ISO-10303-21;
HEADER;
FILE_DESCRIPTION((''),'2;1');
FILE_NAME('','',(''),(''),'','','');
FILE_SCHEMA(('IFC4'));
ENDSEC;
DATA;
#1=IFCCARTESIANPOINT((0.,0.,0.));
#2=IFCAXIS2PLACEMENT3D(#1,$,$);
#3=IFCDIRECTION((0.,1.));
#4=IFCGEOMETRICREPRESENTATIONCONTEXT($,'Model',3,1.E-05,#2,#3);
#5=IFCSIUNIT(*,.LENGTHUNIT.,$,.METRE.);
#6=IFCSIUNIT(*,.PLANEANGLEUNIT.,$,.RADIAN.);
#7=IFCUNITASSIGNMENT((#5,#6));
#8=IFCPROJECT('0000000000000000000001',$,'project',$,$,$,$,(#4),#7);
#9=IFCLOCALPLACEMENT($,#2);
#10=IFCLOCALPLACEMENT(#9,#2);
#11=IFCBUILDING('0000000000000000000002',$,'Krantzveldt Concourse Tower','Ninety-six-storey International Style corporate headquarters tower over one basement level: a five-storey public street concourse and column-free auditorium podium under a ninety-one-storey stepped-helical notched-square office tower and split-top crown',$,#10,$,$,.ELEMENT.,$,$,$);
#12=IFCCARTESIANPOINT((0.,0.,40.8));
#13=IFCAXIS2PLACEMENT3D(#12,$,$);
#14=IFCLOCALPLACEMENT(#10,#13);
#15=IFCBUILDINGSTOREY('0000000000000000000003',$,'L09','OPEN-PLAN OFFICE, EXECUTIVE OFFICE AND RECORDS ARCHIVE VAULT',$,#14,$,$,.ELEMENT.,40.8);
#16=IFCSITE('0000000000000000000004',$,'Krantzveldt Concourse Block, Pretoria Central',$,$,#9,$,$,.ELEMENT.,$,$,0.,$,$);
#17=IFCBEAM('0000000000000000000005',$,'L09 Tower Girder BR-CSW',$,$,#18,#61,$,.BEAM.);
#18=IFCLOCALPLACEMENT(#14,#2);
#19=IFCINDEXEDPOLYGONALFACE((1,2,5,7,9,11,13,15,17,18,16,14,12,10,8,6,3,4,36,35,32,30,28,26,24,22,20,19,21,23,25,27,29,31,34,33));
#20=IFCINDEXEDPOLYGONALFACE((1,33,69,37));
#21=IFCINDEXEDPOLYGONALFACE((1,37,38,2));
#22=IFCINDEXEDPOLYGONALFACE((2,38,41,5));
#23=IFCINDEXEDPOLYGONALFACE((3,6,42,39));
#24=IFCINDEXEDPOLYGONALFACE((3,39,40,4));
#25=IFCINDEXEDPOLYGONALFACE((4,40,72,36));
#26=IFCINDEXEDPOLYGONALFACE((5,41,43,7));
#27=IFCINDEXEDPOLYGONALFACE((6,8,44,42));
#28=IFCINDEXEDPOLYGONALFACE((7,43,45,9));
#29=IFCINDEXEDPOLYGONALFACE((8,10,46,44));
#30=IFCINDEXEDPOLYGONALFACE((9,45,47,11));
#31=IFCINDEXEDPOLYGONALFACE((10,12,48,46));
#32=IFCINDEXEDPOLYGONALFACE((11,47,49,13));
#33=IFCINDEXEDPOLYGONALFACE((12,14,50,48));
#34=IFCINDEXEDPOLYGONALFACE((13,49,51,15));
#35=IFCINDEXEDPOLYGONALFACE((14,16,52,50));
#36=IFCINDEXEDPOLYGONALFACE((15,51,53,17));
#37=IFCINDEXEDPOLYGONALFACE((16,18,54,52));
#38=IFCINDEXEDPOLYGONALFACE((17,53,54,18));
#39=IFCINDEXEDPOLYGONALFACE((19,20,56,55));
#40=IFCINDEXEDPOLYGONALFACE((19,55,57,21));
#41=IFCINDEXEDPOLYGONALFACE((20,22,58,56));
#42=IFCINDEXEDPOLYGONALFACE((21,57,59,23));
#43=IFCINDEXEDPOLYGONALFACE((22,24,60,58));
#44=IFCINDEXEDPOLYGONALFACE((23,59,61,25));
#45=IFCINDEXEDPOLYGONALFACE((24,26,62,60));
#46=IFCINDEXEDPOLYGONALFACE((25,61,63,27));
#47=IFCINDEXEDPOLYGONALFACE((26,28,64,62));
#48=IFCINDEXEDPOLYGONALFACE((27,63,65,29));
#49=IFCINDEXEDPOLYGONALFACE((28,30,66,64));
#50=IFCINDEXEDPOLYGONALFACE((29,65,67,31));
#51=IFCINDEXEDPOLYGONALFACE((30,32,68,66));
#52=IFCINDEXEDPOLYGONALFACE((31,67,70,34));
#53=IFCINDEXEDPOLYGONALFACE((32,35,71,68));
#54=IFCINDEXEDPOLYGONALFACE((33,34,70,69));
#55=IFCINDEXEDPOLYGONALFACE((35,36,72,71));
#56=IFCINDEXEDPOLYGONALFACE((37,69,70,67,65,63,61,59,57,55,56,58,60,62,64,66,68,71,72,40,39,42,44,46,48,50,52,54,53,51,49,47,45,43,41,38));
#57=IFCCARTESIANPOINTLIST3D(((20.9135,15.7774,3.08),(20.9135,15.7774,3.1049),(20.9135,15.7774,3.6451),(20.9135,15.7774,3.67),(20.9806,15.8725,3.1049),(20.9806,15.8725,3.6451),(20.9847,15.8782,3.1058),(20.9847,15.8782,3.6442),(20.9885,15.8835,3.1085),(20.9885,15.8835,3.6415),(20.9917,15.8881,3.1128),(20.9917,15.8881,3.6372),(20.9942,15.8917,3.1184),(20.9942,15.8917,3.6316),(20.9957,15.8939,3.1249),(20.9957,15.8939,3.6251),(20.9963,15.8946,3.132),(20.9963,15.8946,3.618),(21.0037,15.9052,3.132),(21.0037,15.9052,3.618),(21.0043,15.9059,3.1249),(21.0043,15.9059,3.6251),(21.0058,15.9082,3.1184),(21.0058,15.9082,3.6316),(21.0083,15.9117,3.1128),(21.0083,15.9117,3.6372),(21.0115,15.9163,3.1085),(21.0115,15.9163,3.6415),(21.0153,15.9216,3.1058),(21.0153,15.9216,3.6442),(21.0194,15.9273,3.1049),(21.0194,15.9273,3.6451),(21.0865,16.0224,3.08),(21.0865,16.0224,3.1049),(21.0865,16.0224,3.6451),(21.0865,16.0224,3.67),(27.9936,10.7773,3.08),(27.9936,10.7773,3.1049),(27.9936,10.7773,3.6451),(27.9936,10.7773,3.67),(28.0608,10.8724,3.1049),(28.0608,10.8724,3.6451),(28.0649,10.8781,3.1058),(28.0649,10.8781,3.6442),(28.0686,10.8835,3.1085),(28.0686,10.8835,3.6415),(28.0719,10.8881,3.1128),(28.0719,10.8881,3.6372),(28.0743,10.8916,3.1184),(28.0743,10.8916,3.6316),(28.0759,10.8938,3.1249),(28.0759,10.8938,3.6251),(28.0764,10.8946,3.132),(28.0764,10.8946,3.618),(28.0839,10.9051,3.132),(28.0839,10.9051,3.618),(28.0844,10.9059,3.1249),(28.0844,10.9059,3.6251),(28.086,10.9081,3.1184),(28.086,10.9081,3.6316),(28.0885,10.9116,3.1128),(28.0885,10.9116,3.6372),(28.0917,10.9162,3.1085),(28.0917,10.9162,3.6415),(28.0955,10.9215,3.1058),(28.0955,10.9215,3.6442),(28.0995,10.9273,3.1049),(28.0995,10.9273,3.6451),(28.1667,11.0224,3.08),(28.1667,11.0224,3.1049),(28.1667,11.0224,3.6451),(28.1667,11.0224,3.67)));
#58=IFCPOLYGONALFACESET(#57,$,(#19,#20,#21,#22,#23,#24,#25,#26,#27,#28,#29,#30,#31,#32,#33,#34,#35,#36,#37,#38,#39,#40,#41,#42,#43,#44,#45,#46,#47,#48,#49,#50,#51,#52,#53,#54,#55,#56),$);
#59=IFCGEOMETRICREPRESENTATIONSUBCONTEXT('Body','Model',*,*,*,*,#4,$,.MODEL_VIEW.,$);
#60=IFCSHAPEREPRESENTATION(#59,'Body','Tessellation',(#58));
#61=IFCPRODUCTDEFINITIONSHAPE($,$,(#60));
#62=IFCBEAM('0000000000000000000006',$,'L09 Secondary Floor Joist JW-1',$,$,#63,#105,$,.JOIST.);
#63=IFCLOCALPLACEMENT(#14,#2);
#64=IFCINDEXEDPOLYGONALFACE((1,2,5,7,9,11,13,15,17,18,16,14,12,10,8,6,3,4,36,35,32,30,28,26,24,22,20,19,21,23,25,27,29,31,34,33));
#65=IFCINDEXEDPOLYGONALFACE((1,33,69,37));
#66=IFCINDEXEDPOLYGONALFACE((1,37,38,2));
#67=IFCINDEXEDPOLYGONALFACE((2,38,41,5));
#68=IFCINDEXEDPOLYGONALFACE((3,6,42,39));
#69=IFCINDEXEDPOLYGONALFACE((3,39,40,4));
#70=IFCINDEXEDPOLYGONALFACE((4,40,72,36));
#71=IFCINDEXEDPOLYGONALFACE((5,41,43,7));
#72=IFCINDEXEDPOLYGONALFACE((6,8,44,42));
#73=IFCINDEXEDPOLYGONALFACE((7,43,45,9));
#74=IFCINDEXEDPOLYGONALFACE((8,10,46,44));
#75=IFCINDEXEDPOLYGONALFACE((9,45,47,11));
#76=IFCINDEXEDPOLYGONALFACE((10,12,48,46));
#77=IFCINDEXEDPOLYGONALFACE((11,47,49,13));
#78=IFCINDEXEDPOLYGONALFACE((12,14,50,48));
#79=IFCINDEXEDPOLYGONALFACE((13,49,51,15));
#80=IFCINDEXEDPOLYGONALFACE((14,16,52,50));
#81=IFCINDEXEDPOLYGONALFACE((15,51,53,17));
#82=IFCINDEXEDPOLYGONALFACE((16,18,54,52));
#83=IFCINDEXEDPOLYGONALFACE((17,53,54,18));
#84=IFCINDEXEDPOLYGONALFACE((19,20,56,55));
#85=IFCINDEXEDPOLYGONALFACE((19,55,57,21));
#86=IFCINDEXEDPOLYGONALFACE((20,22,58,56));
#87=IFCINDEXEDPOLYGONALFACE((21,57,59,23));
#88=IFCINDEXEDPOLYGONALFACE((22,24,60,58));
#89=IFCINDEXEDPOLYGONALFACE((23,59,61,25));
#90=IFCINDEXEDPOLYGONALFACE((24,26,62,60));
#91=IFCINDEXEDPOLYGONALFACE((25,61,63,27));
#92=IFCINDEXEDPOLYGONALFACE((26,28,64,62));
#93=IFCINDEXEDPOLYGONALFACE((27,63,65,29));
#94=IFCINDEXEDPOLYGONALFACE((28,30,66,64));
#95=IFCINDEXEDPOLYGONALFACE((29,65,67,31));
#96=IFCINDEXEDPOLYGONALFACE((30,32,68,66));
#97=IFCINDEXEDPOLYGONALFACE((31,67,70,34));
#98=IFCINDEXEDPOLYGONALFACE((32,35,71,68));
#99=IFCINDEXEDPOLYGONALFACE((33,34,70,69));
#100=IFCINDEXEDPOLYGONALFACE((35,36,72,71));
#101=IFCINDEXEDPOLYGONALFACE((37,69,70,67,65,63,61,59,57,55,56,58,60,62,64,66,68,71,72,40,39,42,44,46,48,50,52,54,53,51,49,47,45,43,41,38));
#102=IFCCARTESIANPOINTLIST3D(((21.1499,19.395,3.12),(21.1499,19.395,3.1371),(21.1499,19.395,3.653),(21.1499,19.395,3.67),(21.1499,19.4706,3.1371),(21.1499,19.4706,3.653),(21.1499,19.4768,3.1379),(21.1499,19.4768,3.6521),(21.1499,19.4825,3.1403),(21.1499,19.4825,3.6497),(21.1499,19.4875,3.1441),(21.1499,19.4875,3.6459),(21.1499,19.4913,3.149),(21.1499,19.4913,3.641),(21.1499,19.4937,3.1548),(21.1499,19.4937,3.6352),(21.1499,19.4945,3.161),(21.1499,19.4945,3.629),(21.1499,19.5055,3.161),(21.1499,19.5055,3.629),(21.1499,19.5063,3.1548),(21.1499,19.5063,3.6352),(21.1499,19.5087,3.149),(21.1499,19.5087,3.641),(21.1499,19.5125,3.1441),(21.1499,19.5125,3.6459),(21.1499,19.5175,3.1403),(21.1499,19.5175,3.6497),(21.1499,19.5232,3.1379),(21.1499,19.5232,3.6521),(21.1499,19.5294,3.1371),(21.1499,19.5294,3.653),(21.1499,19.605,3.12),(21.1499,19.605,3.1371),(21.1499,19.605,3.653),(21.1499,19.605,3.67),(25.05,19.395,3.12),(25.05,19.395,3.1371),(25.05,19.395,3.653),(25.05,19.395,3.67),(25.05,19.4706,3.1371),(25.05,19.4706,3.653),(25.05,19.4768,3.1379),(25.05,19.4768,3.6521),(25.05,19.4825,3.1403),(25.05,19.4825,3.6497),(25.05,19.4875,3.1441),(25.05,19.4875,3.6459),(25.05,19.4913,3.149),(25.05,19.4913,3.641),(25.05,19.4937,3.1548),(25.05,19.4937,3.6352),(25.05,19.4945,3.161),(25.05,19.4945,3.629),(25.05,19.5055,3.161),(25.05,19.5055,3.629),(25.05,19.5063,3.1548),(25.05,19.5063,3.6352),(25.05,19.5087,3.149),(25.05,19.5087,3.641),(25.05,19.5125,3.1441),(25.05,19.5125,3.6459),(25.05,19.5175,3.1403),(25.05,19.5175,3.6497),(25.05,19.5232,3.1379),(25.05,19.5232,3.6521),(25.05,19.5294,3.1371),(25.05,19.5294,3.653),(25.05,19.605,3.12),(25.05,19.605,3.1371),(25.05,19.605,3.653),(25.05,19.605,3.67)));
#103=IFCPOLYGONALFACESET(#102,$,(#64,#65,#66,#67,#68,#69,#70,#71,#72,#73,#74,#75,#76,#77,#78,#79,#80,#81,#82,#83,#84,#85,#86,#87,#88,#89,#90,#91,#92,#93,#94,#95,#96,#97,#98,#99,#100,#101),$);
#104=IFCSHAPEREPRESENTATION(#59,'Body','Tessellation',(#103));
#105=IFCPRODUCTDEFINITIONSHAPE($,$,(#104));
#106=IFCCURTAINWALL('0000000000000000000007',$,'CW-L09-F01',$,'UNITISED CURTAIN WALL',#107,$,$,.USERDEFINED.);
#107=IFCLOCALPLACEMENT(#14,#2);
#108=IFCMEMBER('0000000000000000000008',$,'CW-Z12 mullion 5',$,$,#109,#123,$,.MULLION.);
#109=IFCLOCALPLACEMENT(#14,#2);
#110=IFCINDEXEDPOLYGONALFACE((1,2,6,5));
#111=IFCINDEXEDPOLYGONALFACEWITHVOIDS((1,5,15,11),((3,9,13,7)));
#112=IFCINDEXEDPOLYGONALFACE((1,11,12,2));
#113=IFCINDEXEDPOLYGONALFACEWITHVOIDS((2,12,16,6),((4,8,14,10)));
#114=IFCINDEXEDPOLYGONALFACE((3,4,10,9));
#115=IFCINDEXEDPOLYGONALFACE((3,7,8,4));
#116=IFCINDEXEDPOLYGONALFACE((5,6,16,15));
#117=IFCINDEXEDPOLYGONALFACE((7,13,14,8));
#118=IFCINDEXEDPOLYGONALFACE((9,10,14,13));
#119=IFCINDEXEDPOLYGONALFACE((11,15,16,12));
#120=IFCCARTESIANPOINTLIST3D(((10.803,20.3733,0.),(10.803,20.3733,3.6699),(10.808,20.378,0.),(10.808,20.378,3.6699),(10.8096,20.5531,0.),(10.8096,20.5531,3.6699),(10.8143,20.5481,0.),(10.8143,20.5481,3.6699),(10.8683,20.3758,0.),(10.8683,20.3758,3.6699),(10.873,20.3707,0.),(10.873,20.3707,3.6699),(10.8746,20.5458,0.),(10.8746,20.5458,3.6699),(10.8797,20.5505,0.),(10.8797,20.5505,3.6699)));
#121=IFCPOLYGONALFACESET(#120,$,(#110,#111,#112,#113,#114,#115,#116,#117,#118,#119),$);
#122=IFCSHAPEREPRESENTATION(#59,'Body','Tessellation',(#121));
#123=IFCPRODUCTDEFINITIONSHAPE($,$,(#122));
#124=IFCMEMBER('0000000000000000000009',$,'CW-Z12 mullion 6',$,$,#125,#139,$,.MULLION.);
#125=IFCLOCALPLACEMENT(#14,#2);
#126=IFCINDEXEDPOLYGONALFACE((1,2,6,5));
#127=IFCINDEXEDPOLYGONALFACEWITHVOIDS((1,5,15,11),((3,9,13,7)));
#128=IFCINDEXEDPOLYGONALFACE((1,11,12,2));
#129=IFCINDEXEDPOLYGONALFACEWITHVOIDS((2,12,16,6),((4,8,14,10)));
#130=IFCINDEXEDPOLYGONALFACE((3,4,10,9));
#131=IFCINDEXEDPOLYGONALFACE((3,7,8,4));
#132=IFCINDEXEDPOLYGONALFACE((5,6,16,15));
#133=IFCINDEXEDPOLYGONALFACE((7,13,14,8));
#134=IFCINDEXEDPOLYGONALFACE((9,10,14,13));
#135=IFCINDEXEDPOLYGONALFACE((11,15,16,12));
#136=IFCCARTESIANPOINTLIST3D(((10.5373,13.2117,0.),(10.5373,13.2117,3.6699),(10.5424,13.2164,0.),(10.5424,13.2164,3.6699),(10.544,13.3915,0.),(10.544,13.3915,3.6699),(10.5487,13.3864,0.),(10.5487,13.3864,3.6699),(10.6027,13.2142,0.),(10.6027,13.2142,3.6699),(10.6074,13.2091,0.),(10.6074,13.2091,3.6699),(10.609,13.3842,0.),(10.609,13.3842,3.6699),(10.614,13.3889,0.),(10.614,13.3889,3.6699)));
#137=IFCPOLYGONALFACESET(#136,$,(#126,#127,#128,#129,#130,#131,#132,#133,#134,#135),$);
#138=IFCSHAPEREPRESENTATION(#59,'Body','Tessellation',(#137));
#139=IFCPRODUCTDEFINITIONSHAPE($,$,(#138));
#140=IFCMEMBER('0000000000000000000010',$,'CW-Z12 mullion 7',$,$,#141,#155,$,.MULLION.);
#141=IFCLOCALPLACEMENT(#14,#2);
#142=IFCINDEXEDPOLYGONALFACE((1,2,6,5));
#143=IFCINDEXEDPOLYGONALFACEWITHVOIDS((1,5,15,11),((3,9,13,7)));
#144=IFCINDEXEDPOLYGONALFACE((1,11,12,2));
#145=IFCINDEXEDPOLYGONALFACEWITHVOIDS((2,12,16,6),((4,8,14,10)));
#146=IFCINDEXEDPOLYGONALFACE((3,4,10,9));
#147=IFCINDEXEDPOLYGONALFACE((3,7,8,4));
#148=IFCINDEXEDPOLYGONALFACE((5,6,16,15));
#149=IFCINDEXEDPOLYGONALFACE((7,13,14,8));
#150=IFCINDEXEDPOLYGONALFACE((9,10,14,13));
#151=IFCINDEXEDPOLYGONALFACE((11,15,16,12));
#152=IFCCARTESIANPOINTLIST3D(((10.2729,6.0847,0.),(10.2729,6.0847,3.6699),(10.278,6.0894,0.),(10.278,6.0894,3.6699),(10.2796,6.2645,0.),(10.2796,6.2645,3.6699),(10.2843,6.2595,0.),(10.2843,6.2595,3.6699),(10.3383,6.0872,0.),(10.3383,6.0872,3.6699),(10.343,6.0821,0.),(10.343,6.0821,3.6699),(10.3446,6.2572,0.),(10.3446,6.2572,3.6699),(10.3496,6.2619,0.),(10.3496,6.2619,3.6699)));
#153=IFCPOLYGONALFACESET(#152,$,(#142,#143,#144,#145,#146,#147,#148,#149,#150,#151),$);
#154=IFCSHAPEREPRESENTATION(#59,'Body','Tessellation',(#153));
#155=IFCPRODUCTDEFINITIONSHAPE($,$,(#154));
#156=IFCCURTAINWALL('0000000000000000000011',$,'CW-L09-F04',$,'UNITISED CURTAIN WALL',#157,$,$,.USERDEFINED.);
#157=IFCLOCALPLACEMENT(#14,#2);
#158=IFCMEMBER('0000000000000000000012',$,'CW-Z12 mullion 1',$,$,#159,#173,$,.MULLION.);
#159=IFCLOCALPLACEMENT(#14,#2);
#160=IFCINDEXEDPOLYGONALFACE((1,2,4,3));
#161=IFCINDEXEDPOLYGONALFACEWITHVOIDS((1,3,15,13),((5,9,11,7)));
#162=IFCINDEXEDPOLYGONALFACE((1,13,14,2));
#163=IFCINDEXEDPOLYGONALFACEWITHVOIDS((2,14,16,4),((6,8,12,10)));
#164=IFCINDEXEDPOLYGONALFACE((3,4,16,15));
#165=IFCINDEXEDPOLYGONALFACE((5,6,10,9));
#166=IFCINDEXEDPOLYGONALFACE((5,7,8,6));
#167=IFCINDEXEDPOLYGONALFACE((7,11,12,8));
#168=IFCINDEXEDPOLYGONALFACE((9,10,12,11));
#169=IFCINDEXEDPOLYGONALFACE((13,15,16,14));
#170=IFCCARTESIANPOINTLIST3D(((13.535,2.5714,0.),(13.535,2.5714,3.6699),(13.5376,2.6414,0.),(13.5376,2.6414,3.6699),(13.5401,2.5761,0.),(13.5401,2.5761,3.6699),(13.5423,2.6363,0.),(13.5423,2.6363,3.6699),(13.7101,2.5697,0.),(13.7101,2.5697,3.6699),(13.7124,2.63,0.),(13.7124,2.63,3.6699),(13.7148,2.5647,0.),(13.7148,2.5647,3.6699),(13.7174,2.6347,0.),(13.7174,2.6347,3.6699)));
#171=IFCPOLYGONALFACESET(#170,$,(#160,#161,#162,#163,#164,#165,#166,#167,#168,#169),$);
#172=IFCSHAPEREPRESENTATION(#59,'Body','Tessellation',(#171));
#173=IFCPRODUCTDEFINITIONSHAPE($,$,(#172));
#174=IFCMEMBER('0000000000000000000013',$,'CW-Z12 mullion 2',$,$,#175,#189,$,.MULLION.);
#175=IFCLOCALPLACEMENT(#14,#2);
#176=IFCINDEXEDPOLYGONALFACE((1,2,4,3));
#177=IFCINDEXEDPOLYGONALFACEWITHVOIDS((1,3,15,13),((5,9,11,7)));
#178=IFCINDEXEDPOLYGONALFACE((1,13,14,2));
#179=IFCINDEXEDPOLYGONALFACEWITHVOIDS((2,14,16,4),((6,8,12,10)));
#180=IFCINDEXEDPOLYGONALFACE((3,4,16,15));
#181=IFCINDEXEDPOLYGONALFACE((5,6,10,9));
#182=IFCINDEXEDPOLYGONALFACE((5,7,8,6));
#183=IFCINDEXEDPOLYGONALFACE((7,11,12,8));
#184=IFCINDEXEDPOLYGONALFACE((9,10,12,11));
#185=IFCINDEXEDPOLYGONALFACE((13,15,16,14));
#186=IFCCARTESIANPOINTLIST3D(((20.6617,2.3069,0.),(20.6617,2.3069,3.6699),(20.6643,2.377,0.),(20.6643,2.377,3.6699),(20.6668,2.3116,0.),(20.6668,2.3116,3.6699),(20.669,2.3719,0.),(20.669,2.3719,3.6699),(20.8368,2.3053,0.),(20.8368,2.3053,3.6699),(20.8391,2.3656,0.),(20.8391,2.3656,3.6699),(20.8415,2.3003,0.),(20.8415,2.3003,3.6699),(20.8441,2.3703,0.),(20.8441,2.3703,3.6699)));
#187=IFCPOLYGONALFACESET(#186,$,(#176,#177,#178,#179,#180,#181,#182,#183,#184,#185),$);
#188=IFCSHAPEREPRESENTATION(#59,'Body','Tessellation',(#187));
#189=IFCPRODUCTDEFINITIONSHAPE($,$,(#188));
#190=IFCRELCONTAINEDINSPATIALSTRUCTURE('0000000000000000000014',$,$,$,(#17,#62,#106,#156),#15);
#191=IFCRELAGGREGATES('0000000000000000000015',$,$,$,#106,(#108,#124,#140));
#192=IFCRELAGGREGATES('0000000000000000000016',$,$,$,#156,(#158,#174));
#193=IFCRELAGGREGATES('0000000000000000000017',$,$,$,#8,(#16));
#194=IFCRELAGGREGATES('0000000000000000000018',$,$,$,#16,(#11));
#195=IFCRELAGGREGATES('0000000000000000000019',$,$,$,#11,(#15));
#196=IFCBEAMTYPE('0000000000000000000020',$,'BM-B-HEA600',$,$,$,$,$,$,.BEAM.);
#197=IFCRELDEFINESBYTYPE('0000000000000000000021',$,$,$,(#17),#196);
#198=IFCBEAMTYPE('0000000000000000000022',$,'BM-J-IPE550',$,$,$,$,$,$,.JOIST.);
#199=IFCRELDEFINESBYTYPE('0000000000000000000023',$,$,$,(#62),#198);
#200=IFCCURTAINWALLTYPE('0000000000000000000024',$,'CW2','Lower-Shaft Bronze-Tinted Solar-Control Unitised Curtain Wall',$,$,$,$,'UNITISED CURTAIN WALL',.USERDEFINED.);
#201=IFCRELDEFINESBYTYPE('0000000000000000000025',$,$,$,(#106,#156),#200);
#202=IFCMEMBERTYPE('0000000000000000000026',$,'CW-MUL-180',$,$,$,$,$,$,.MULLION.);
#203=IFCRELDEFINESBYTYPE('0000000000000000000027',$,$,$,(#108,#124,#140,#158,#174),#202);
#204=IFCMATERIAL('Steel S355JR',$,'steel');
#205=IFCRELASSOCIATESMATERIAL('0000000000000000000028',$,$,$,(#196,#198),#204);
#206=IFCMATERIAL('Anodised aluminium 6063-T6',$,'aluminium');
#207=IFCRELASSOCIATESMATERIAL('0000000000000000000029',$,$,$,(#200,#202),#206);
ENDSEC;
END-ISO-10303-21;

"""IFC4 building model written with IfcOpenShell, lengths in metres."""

from ifc_helpers import new_model, si_unit, direction, frame, origin, origin_2d, place, context, subcontext, project, spatial, hollow_rectangle, i_section, extrude, source, transform, mapped, material, material_profile, profile_set, type_object, type_shapes, element, aggregate, save


model = new_model("IFC4")

# Units and contexts
model_context = context("Model", 3, precision=1e-05, world=origin(), true_north=direction((0.0, 1.0)))
body_context = subcontext(model_context, "Body", "Model", "MODEL_VIEW")
ifc_project = project(units=[si_unit("LENGTHUNIT", "METRE"), si_unit("PLANEANGLEUNIT", "RADIAN")], contexts=[model_context])

# Site, building, storey
site_placement = place(None, origin())
site = spatial("IfcSite", under=ifc_project, at=site_placement, Name="Krantzveldt Concourse Block, Pretoria Central", CompositionType="ELEMENT", RefElevation=0.0)
building_placement = place(site_placement, origin())
building = spatial("IfcBuilding", under=site, at=building_placement, Name="Krantzveldt Concourse Tower", Description="Ninety-six-storey International Style corporate headquarters tower over one basement level: a five-storey public street concourse and column-free auditorium podium under a ninety-one-storey stepped-helical notched-square office tower and split-top crown", CompositionType="ELEMENT")
storey_placement = place(building_placement, frame((0.0, 0.0, 40.8)))
storey = spatial("IfcBuildingStorey", under=building, at=storey_placement, Name="L09", Description="OPEN-PLAN OFFICE, EXECUTIVE OFFICE AND RECORDS ARCHIVE VAULT", CompositionType="ELEMENT", Elevation=40.8)

# Beams
ifc_material_1 = material(Name="Steel S355JR", Category="steel")
ifc_material_profile_1 = material_profile(ifc_material_1, i_section(OverallWidth=0.3, OverallDepth=0.5901, WebThickness=0.0129, FlangeThickness=0.0249, FilletRadius=0.0271, at=origin_2d()), Name="Steel S355JR", Category="steel")
ifc_profile_set_1 = profile_set([ifc_material_profile_1], Name="Steel S355JR - HEA 600")
beam_type_1 = type_object("IfcBeamType", Name="BM-B-HEA600", PredefinedType="BEAM", material=ifc_profile_set_1)
shared_shape_1 = source(origin(), body_context, "Body", "SweptSolid", [
    extrude(i_section(OverallWidth=0.3, OverallDepth=0.5901, WebThickness=0.0129, FlangeThickness=0.0249, FilletRadius=0.0271, at=origin_2d()), origin(), (0.0, 0.0, 1.0), 8.6677),
])
beam_1_placement = place(storey_placement, frame((21.0, 15.8999, 3.375), z_axis=(0.816843, -0.57686, 0.0), x_axis=(0.57686, 0.816843, 0.0)))
element("IfcBeam", 1, at=beam_1_placement, inside=storey, type_object=beam_type_1, Name="L09 Tower Girder BR-CSW", PredefinedType="BEAM", context=body_context, shape_type="MappedRepresentation", body=[
    mapped(shared_shape_1, transform((0.0, 0.0, 0.0), x_axis=(1.0, 0.0, 0.0), y_axis=(0.0, 1.0, 0.0), z_axis=(0.0, 0.0, 1.0), scale=1.0)),
])
ifc_material_profile_2 = material_profile(ifc_material_1, i_section(OverallWidth=0.21, OverallDepth=0.55, WebThickness=0.011, FlangeThickness=0.0171, FilletRadius=0.0239, at=origin_2d()), Name="Steel S355JR", Category="steel")
ifc_profile_set_2 = profile_set([ifc_material_profile_2], Name="Steel S355JR - IPE 550")
beam_type_2 = type_object("IfcBeamType", Name="BM-J-IPE550", PredefinedType="JOIST", material=ifc_profile_set_2)
shared_shape_2 = source(origin(), body_context, "Body", "SweptSolid", [
    extrude(i_section(OverallWidth=0.21, OverallDepth=0.55, WebThickness=0.011, FlangeThickness=0.0171, FilletRadius=0.0239, at=origin_2d()), origin(), (0.0, 0.0, 1.0), 3.9001),
])
type_shapes(beam_type_2, [shared_shape_2])
beam_2_placement = place(storey_placement, frame((21.1499, 19.5, 3.395), z_axis=(1.0, 0.0, 0.0), x_axis=(0.0, 1.0, 0.0)))
element("IfcBeam", 2, at=beam_2_placement, inside=storey, type_object=beam_type_2, Name="L09 Secondary Floor Joist JW-1", PredefinedType="JOIST", context=body_context, shape_type="MappedRepresentation", body=[
    mapped(shared_shape_2, transform((0.0, 0.0, 0.0), x_axis=(1.0, 0.0, 0.0), y_axis=(0.0, 1.0, 0.0), z_axis=(0.0, 0.0, 1.0), scale=1.0)),
])

# Curtain walls, members
ifc_material_2 = material(Name="Anodised aluminium 6063-T6", Category="aluminium")
curtain_wall_type = type_object("IfcCurtainWallType", Name="CW2", Description="Lower-Shaft Bronze-Tinted Solar-Control Unitised Curtain Wall", ElementType="UNITISED CURTAIN WALL", PredefinedType="USERDEFINED", material=ifc_material_2)
curtain_wall_1_placement = place(storey_placement, origin())
curtain_wall_1 = element("IfcCurtainWall", 3, at=curtain_wall_1_placement, inside=storey, type_object=curtain_wall_type, Name="CW-L09-F01", ObjectType="UNITISED CURTAIN WALL", PredefinedType="USERDEFINED")
ifc_material_profile_3 = material_profile(ifc_material_2, hollow_rectangle(XDim=0.0701, YDim=0.1799, WallThickness=0.0049, at=origin_2d()), Name="Anodised aluminium 6063-T6", Category="aluminium")
ifc_profile_set_3 = profile_set([ifc_material_profile_3], Name="Anodised aluminium 6063-T6 - ALU-MULL 180x70x5")
member_type_1 = type_object("IfcMemberType", Name="CW-MUL-180", PredefinedType="MULLION", material=ifc_profile_set_3)
shared_shape_3 = source(origin(), body_context, "Body", "SweptSolid", [
    extrude(hollow_rectangle(XDim=0.0701, YDim=0.1799, WallThickness=0.0049, at=origin_2d()), origin(), (0.0, 0.0, 1.0), 3.6699),
])
type_shapes(member_type_1, [shared_shape_3])
member_1_placement = place(storey_placement, frame((10.8413, 20.4619, 0.0), z_axis=(0.0, 0.0, 1.0), x_axis=(0.999312, -0.03708, 0.0)))
member_1 = element("IfcMember", 4, at=member_1_placement, type_object=member_type_1, Name="CW-Z12 mullion 5", PredefinedType="MULLION", context=body_context, shape_type="MappedRepresentation", body=[
    mapped(shared_shape_3, transform((0.0, 0.0, 0.0), x_axis=(1.0, 0.0, 0.0), y_axis=(0.0, 1.0, 0.0), z_axis=(0.0, 0.0, 1.0), scale=1.0)),
])
member_2_placement = place(storey_placement, frame((10.5757, 13.3003, 0.0), z_axis=(0.0, 0.0, 1.0), x_axis=(0.999312, -0.03708, 0.0)))
member_2 = element("IfcMember", 5, at=member_2_placement, type_object=member_type_1, Name="CW-Z12 mullion 6", PredefinedType="MULLION", context=body_context, shape_type="MappedRepresentation", body=[
    mapped(shared_shape_3, transform((0.0, 0.0, 0.0), x_axis=(1.0, 0.0, 0.0), y_axis=(0.0, 1.0, 0.0), z_axis=(0.0, 0.0, 1.0), scale=1.0)),
])
member_3_placement = place(storey_placement, frame((10.3113, 6.1733, 0.0), z_axis=(0.0, 0.0, 1.0), x_axis=(0.999312, -0.03708, 0.0)))
member_3 = element("IfcMember", 6, at=member_3_placement, type_object=member_type_1, Name="CW-Z12 mullion 7", PredefinedType="MULLION", context=body_context, shape_type="MappedRepresentation", body=[
    mapped(shared_shape_3, transform((0.0, 0.0, 0.0), x_axis=(1.0, 0.0, 0.0), y_axis=(0.0, 1.0, 0.0), z_axis=(0.0, 0.0, 1.0), scale=1.0)),
])
curtain_wall_2_placement = place(storey_placement, origin())
curtain_wall_2 = element("IfcCurtainWall", 7, at=curtain_wall_2_placement, inside=storey, type_object=curtain_wall_type, Name="CW-L09-F04", ObjectType="UNITISED CURTAIN WALL", PredefinedType="USERDEFINED")
member_4_placement = place(storey_placement, frame((13.6262, 2.603, 0.0), z_axis=(0.0, 0.0, 1.0), x_axis=(0.03708, 0.999312, 0.0)))
member_4 = element("IfcMember", 8, at=member_4_placement, type_object=member_type_1, Name="CW-Z12 mullion 1", PredefinedType="MULLION", context=body_context, shape_type="MappedRepresentation", body=[
    mapped(shared_shape_3, transform((0.0, 0.0, 0.0), x_axis=(1.0, 0.0, 0.0), y_axis=(0.0, 1.0, 0.0), z_axis=(0.0, 0.0, 1.0), scale=1.0)),
])
member_5_placement = place(storey_placement, frame((20.7529, 2.3386, 0.0), z_axis=(0.0, 0.0, 1.0), x_axis=(0.03708, 0.999312, 0.0)))
member_5 = element("IfcMember", 9, at=member_5_placement, type_object=member_type_1, Name="CW-Z12 mullion 2", PredefinedType="MULLION", context=body_context, shape_type="MappedRepresentation", body=[
    mapped(shared_shape_3, transform((0.0, 0.0, 0.0), x_axis=(1.0, 0.0, 0.0), y_axis=(0.0, 1.0, 0.0), z_axis=(0.0, 0.0, 1.0), scale=1.0)),
])

aggregate(curtain_wall_1, [member_1, member_2, member_3])
aggregate(curtain_wall_2, [member_4, member_5])

save(model, "model.ifc")
